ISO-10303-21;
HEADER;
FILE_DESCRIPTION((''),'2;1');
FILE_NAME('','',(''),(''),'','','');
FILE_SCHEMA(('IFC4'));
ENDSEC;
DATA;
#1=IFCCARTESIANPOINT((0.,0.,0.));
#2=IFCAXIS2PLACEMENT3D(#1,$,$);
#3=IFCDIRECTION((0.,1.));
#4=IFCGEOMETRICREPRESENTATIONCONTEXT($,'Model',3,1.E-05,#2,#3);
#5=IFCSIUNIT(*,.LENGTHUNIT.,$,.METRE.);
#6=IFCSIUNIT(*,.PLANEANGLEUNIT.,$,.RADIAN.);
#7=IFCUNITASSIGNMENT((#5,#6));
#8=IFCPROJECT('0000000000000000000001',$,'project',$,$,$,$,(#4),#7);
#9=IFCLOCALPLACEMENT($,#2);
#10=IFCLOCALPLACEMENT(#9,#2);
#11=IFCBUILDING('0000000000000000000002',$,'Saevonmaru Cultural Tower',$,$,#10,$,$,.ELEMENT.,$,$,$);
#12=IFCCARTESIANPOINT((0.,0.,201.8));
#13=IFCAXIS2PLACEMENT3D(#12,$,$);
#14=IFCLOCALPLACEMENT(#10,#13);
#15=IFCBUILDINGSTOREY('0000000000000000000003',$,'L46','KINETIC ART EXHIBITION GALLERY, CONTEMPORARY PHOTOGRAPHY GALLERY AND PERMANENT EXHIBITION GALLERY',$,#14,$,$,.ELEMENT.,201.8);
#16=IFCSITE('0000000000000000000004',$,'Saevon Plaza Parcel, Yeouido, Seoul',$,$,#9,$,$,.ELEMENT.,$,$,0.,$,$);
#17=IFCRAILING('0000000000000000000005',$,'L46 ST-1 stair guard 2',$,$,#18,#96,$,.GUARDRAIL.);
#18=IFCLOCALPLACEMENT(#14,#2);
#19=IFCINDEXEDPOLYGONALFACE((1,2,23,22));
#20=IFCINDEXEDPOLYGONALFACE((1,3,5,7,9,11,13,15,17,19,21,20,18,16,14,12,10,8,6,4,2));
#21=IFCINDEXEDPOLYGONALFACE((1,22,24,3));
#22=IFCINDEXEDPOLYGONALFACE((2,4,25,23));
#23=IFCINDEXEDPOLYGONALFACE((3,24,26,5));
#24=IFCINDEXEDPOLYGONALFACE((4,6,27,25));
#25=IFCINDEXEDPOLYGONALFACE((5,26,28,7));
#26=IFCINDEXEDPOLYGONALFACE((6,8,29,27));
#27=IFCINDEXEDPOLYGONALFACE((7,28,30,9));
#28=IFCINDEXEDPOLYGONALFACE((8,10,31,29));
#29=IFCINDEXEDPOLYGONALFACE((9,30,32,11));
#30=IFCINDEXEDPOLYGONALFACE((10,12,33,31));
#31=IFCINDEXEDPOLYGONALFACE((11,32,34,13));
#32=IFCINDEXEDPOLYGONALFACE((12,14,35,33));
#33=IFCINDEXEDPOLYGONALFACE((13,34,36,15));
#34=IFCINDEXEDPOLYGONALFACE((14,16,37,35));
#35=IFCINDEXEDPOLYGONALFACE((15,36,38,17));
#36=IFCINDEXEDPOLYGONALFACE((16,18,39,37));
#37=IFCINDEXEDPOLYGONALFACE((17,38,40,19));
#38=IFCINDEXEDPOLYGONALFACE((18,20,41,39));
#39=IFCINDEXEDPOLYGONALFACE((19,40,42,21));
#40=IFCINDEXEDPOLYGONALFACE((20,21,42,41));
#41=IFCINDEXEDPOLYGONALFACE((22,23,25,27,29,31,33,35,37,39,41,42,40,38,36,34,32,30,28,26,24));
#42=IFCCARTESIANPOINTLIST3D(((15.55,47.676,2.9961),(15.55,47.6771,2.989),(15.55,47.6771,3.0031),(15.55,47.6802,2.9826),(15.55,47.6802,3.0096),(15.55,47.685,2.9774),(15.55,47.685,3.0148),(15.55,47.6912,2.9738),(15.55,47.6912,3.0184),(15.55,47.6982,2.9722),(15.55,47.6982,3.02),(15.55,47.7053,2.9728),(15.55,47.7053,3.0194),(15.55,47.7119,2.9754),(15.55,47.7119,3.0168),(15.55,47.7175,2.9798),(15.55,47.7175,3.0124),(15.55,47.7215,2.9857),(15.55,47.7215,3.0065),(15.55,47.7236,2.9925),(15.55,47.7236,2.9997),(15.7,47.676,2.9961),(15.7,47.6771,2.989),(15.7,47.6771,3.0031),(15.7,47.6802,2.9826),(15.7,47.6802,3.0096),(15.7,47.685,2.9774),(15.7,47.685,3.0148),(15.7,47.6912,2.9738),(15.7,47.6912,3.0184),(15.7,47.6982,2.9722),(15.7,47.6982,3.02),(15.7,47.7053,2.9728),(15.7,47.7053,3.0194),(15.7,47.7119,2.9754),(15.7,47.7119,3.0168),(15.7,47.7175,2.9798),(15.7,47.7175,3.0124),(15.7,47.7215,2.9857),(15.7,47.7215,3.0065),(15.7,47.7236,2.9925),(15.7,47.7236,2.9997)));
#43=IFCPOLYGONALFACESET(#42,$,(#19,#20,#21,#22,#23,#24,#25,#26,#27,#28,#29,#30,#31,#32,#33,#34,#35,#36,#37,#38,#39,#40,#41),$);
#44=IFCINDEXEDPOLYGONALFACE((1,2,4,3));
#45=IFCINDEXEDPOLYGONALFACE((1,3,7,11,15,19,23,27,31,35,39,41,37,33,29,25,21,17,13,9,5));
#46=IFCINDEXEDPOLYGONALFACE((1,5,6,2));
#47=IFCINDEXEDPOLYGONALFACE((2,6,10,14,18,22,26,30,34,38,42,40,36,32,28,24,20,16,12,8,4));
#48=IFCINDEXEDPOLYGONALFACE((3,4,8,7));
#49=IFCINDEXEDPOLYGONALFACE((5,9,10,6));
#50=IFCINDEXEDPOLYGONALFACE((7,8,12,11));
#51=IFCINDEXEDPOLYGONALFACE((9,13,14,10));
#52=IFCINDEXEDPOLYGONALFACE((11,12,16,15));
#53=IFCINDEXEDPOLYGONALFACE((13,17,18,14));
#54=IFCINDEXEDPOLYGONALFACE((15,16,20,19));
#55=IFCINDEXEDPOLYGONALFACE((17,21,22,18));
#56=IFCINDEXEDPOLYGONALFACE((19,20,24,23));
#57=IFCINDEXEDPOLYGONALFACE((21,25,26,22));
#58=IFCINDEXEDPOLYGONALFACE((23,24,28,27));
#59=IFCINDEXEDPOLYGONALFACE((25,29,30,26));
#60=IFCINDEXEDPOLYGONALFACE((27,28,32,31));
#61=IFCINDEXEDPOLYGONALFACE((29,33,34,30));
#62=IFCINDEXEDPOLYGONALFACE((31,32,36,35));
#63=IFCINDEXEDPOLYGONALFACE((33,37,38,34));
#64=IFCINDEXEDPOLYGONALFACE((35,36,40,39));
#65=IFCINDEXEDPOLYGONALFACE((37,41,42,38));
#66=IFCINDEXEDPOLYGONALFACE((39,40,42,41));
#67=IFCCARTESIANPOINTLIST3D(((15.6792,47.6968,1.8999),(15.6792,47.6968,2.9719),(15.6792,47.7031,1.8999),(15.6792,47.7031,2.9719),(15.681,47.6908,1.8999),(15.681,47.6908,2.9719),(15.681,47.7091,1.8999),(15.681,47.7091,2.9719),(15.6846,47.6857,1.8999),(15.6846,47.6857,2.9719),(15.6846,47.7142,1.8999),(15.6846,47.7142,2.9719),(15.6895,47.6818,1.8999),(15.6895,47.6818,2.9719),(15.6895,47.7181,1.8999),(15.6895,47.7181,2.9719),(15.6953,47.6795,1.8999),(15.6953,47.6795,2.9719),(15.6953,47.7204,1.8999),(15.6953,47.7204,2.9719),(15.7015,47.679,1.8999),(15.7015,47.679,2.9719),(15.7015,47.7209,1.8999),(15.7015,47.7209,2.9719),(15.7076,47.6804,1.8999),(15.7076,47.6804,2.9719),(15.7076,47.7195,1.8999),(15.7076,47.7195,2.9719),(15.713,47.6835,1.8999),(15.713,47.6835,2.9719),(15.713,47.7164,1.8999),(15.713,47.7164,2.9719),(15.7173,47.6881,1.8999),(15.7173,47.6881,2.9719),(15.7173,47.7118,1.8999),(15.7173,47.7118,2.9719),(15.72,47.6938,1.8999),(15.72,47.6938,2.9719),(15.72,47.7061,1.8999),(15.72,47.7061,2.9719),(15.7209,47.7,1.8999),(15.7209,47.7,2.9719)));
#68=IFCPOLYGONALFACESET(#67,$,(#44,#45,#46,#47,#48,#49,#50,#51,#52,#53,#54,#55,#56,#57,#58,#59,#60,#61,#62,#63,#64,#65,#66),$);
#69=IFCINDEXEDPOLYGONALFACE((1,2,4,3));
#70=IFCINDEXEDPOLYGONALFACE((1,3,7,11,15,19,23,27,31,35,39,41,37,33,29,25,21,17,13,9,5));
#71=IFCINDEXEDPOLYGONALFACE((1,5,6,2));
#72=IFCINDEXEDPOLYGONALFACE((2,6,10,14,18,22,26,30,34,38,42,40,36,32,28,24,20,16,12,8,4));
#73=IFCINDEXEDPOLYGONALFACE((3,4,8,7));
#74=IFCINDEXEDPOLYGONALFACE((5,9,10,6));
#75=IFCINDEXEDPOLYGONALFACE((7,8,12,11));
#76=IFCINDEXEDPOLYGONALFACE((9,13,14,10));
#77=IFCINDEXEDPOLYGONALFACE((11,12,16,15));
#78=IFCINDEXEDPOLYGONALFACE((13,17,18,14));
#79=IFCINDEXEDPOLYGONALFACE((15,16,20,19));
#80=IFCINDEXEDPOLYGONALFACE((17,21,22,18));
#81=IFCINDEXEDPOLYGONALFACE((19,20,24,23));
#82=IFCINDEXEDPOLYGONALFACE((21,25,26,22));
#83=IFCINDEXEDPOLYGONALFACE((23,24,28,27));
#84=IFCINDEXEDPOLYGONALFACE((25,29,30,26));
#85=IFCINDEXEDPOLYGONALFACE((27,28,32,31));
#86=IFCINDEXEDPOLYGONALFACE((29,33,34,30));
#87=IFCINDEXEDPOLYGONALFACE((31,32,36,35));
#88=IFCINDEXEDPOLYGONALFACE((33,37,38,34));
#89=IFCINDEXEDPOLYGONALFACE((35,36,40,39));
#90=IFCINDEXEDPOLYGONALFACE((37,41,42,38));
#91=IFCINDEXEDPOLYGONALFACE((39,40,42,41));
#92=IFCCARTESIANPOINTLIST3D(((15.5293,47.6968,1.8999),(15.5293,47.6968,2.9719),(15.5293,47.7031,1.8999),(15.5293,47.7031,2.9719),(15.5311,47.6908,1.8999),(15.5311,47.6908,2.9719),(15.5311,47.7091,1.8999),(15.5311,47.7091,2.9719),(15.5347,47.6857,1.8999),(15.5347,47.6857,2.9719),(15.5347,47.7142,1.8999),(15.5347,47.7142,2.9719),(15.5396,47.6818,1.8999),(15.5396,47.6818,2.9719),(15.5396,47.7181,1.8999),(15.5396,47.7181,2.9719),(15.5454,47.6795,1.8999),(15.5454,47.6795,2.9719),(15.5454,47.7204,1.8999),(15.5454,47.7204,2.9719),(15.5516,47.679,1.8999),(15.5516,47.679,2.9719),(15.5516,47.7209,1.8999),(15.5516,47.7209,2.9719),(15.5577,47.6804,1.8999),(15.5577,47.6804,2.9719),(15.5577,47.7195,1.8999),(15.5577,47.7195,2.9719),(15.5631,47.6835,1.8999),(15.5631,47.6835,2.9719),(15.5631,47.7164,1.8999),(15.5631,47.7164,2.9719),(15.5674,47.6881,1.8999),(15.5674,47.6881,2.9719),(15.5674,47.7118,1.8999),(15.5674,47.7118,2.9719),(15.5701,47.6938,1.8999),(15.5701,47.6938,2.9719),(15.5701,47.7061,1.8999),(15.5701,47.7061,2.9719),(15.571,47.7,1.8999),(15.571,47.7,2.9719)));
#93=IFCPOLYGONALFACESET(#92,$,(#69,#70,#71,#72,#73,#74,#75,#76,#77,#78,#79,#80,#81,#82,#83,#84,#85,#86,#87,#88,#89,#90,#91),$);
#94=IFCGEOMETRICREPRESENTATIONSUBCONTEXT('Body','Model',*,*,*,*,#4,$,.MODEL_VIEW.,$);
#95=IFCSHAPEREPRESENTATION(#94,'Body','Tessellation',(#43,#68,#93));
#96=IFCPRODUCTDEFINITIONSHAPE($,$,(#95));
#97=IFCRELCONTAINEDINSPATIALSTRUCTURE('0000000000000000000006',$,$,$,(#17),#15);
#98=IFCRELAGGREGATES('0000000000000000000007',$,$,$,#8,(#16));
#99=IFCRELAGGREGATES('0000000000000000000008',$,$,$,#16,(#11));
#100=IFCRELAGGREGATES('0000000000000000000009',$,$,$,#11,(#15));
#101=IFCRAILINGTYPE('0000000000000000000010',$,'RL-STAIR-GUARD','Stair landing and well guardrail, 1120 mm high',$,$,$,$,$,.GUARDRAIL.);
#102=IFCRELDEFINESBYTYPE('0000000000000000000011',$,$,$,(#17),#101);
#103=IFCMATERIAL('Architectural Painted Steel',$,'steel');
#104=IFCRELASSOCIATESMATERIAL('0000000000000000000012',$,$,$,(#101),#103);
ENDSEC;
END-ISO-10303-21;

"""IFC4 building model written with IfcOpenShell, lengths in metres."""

from ifc_helpers import new_model, si_unit, direction, frame, origin, origin_2d, place, context, subcontext, project, spatial, circle, extrude, material, type_object, element, save


model = new_model("IFC4")

# Units and contexts
model_context = context("Model", 3, precision=1e-05, world=origin(), true_north=direction((0.0, 1.0)))
body_context = subcontext(model_context, "Body", "Model", "MODEL_VIEW")
ifc_project = project(units=[si_unit("LENGTHUNIT", "METRE"), si_unit("PLANEANGLEUNIT", "RADIAN")], contexts=[model_context])

# Site, building, storey
site_placement = place(None, origin())
site = spatial("IfcSite", under=ifc_project, at=site_placement, Name="Saevon Plaza Parcel, Yeouido, Seoul", CompositionType="ELEMENT", RefElevation=0.0)
building_placement = place(site_placement, origin())
building = spatial("IfcBuilding", under=site, at=building_placement, Name="Saevonmaru Cultural Tower", CompositionType="ELEMENT")
storey_placement = place(building_placement, frame((0.0, 0.0, 201.8)))
storey = spatial("IfcBuildingStorey", under=building, at=storey_placement, Name="L46", Description="KINETIC ART EXHIBITION GALLERY, CONTEMPORARY PHOTOGRAPHY GALLERY AND PERMANENT EXHIBITION GALLERY", CompositionType="ELEMENT", Elevation=201.8)

# Railing
ifc_material_1 = material(Name="Architectural Painted Steel", Category="steel")
railing_type_1 = type_object("IfcRailingType", Name="RL-STAIR-GUARD", Description="Stair landing and well guardrail, 1120 mm high", PredefinedType="GUARDRAIL", material=ifc_material_1)
railing_1_placement = place(storey_placement, frame((15.7, 47.7, 1.8999)))
element("IfcRailing", 1, at=railing_1_placement, inside=storey, type_object=railing_type_1, Name="L46 ST-1 stair guard 2", PredefinedType="GUARDRAIL", context=body_context, shape_type="SweptSolid", body=[
    extrude(circle(Radius=0.0239, at=origin_2d()), frame((0.0, 0.0, 1.0962), z_axis=(-1.0, 0.0, 0.0), x_axis=(0.0, -1.0, 0.0)), (0.0, 0.0, 1.0), 0.1499),
    extrude(circle(Radius=0.021, at=origin_2d()), origin(), (0.0, 0.0, 1.0), 1.072),
    extrude(circle(Radius=0.021, at=origin_2d()), frame((-0.1499, 0.0, 0.0)), (0.0, 0.0, 1.0), 1.072),
])

save(model, "model.ifc")
